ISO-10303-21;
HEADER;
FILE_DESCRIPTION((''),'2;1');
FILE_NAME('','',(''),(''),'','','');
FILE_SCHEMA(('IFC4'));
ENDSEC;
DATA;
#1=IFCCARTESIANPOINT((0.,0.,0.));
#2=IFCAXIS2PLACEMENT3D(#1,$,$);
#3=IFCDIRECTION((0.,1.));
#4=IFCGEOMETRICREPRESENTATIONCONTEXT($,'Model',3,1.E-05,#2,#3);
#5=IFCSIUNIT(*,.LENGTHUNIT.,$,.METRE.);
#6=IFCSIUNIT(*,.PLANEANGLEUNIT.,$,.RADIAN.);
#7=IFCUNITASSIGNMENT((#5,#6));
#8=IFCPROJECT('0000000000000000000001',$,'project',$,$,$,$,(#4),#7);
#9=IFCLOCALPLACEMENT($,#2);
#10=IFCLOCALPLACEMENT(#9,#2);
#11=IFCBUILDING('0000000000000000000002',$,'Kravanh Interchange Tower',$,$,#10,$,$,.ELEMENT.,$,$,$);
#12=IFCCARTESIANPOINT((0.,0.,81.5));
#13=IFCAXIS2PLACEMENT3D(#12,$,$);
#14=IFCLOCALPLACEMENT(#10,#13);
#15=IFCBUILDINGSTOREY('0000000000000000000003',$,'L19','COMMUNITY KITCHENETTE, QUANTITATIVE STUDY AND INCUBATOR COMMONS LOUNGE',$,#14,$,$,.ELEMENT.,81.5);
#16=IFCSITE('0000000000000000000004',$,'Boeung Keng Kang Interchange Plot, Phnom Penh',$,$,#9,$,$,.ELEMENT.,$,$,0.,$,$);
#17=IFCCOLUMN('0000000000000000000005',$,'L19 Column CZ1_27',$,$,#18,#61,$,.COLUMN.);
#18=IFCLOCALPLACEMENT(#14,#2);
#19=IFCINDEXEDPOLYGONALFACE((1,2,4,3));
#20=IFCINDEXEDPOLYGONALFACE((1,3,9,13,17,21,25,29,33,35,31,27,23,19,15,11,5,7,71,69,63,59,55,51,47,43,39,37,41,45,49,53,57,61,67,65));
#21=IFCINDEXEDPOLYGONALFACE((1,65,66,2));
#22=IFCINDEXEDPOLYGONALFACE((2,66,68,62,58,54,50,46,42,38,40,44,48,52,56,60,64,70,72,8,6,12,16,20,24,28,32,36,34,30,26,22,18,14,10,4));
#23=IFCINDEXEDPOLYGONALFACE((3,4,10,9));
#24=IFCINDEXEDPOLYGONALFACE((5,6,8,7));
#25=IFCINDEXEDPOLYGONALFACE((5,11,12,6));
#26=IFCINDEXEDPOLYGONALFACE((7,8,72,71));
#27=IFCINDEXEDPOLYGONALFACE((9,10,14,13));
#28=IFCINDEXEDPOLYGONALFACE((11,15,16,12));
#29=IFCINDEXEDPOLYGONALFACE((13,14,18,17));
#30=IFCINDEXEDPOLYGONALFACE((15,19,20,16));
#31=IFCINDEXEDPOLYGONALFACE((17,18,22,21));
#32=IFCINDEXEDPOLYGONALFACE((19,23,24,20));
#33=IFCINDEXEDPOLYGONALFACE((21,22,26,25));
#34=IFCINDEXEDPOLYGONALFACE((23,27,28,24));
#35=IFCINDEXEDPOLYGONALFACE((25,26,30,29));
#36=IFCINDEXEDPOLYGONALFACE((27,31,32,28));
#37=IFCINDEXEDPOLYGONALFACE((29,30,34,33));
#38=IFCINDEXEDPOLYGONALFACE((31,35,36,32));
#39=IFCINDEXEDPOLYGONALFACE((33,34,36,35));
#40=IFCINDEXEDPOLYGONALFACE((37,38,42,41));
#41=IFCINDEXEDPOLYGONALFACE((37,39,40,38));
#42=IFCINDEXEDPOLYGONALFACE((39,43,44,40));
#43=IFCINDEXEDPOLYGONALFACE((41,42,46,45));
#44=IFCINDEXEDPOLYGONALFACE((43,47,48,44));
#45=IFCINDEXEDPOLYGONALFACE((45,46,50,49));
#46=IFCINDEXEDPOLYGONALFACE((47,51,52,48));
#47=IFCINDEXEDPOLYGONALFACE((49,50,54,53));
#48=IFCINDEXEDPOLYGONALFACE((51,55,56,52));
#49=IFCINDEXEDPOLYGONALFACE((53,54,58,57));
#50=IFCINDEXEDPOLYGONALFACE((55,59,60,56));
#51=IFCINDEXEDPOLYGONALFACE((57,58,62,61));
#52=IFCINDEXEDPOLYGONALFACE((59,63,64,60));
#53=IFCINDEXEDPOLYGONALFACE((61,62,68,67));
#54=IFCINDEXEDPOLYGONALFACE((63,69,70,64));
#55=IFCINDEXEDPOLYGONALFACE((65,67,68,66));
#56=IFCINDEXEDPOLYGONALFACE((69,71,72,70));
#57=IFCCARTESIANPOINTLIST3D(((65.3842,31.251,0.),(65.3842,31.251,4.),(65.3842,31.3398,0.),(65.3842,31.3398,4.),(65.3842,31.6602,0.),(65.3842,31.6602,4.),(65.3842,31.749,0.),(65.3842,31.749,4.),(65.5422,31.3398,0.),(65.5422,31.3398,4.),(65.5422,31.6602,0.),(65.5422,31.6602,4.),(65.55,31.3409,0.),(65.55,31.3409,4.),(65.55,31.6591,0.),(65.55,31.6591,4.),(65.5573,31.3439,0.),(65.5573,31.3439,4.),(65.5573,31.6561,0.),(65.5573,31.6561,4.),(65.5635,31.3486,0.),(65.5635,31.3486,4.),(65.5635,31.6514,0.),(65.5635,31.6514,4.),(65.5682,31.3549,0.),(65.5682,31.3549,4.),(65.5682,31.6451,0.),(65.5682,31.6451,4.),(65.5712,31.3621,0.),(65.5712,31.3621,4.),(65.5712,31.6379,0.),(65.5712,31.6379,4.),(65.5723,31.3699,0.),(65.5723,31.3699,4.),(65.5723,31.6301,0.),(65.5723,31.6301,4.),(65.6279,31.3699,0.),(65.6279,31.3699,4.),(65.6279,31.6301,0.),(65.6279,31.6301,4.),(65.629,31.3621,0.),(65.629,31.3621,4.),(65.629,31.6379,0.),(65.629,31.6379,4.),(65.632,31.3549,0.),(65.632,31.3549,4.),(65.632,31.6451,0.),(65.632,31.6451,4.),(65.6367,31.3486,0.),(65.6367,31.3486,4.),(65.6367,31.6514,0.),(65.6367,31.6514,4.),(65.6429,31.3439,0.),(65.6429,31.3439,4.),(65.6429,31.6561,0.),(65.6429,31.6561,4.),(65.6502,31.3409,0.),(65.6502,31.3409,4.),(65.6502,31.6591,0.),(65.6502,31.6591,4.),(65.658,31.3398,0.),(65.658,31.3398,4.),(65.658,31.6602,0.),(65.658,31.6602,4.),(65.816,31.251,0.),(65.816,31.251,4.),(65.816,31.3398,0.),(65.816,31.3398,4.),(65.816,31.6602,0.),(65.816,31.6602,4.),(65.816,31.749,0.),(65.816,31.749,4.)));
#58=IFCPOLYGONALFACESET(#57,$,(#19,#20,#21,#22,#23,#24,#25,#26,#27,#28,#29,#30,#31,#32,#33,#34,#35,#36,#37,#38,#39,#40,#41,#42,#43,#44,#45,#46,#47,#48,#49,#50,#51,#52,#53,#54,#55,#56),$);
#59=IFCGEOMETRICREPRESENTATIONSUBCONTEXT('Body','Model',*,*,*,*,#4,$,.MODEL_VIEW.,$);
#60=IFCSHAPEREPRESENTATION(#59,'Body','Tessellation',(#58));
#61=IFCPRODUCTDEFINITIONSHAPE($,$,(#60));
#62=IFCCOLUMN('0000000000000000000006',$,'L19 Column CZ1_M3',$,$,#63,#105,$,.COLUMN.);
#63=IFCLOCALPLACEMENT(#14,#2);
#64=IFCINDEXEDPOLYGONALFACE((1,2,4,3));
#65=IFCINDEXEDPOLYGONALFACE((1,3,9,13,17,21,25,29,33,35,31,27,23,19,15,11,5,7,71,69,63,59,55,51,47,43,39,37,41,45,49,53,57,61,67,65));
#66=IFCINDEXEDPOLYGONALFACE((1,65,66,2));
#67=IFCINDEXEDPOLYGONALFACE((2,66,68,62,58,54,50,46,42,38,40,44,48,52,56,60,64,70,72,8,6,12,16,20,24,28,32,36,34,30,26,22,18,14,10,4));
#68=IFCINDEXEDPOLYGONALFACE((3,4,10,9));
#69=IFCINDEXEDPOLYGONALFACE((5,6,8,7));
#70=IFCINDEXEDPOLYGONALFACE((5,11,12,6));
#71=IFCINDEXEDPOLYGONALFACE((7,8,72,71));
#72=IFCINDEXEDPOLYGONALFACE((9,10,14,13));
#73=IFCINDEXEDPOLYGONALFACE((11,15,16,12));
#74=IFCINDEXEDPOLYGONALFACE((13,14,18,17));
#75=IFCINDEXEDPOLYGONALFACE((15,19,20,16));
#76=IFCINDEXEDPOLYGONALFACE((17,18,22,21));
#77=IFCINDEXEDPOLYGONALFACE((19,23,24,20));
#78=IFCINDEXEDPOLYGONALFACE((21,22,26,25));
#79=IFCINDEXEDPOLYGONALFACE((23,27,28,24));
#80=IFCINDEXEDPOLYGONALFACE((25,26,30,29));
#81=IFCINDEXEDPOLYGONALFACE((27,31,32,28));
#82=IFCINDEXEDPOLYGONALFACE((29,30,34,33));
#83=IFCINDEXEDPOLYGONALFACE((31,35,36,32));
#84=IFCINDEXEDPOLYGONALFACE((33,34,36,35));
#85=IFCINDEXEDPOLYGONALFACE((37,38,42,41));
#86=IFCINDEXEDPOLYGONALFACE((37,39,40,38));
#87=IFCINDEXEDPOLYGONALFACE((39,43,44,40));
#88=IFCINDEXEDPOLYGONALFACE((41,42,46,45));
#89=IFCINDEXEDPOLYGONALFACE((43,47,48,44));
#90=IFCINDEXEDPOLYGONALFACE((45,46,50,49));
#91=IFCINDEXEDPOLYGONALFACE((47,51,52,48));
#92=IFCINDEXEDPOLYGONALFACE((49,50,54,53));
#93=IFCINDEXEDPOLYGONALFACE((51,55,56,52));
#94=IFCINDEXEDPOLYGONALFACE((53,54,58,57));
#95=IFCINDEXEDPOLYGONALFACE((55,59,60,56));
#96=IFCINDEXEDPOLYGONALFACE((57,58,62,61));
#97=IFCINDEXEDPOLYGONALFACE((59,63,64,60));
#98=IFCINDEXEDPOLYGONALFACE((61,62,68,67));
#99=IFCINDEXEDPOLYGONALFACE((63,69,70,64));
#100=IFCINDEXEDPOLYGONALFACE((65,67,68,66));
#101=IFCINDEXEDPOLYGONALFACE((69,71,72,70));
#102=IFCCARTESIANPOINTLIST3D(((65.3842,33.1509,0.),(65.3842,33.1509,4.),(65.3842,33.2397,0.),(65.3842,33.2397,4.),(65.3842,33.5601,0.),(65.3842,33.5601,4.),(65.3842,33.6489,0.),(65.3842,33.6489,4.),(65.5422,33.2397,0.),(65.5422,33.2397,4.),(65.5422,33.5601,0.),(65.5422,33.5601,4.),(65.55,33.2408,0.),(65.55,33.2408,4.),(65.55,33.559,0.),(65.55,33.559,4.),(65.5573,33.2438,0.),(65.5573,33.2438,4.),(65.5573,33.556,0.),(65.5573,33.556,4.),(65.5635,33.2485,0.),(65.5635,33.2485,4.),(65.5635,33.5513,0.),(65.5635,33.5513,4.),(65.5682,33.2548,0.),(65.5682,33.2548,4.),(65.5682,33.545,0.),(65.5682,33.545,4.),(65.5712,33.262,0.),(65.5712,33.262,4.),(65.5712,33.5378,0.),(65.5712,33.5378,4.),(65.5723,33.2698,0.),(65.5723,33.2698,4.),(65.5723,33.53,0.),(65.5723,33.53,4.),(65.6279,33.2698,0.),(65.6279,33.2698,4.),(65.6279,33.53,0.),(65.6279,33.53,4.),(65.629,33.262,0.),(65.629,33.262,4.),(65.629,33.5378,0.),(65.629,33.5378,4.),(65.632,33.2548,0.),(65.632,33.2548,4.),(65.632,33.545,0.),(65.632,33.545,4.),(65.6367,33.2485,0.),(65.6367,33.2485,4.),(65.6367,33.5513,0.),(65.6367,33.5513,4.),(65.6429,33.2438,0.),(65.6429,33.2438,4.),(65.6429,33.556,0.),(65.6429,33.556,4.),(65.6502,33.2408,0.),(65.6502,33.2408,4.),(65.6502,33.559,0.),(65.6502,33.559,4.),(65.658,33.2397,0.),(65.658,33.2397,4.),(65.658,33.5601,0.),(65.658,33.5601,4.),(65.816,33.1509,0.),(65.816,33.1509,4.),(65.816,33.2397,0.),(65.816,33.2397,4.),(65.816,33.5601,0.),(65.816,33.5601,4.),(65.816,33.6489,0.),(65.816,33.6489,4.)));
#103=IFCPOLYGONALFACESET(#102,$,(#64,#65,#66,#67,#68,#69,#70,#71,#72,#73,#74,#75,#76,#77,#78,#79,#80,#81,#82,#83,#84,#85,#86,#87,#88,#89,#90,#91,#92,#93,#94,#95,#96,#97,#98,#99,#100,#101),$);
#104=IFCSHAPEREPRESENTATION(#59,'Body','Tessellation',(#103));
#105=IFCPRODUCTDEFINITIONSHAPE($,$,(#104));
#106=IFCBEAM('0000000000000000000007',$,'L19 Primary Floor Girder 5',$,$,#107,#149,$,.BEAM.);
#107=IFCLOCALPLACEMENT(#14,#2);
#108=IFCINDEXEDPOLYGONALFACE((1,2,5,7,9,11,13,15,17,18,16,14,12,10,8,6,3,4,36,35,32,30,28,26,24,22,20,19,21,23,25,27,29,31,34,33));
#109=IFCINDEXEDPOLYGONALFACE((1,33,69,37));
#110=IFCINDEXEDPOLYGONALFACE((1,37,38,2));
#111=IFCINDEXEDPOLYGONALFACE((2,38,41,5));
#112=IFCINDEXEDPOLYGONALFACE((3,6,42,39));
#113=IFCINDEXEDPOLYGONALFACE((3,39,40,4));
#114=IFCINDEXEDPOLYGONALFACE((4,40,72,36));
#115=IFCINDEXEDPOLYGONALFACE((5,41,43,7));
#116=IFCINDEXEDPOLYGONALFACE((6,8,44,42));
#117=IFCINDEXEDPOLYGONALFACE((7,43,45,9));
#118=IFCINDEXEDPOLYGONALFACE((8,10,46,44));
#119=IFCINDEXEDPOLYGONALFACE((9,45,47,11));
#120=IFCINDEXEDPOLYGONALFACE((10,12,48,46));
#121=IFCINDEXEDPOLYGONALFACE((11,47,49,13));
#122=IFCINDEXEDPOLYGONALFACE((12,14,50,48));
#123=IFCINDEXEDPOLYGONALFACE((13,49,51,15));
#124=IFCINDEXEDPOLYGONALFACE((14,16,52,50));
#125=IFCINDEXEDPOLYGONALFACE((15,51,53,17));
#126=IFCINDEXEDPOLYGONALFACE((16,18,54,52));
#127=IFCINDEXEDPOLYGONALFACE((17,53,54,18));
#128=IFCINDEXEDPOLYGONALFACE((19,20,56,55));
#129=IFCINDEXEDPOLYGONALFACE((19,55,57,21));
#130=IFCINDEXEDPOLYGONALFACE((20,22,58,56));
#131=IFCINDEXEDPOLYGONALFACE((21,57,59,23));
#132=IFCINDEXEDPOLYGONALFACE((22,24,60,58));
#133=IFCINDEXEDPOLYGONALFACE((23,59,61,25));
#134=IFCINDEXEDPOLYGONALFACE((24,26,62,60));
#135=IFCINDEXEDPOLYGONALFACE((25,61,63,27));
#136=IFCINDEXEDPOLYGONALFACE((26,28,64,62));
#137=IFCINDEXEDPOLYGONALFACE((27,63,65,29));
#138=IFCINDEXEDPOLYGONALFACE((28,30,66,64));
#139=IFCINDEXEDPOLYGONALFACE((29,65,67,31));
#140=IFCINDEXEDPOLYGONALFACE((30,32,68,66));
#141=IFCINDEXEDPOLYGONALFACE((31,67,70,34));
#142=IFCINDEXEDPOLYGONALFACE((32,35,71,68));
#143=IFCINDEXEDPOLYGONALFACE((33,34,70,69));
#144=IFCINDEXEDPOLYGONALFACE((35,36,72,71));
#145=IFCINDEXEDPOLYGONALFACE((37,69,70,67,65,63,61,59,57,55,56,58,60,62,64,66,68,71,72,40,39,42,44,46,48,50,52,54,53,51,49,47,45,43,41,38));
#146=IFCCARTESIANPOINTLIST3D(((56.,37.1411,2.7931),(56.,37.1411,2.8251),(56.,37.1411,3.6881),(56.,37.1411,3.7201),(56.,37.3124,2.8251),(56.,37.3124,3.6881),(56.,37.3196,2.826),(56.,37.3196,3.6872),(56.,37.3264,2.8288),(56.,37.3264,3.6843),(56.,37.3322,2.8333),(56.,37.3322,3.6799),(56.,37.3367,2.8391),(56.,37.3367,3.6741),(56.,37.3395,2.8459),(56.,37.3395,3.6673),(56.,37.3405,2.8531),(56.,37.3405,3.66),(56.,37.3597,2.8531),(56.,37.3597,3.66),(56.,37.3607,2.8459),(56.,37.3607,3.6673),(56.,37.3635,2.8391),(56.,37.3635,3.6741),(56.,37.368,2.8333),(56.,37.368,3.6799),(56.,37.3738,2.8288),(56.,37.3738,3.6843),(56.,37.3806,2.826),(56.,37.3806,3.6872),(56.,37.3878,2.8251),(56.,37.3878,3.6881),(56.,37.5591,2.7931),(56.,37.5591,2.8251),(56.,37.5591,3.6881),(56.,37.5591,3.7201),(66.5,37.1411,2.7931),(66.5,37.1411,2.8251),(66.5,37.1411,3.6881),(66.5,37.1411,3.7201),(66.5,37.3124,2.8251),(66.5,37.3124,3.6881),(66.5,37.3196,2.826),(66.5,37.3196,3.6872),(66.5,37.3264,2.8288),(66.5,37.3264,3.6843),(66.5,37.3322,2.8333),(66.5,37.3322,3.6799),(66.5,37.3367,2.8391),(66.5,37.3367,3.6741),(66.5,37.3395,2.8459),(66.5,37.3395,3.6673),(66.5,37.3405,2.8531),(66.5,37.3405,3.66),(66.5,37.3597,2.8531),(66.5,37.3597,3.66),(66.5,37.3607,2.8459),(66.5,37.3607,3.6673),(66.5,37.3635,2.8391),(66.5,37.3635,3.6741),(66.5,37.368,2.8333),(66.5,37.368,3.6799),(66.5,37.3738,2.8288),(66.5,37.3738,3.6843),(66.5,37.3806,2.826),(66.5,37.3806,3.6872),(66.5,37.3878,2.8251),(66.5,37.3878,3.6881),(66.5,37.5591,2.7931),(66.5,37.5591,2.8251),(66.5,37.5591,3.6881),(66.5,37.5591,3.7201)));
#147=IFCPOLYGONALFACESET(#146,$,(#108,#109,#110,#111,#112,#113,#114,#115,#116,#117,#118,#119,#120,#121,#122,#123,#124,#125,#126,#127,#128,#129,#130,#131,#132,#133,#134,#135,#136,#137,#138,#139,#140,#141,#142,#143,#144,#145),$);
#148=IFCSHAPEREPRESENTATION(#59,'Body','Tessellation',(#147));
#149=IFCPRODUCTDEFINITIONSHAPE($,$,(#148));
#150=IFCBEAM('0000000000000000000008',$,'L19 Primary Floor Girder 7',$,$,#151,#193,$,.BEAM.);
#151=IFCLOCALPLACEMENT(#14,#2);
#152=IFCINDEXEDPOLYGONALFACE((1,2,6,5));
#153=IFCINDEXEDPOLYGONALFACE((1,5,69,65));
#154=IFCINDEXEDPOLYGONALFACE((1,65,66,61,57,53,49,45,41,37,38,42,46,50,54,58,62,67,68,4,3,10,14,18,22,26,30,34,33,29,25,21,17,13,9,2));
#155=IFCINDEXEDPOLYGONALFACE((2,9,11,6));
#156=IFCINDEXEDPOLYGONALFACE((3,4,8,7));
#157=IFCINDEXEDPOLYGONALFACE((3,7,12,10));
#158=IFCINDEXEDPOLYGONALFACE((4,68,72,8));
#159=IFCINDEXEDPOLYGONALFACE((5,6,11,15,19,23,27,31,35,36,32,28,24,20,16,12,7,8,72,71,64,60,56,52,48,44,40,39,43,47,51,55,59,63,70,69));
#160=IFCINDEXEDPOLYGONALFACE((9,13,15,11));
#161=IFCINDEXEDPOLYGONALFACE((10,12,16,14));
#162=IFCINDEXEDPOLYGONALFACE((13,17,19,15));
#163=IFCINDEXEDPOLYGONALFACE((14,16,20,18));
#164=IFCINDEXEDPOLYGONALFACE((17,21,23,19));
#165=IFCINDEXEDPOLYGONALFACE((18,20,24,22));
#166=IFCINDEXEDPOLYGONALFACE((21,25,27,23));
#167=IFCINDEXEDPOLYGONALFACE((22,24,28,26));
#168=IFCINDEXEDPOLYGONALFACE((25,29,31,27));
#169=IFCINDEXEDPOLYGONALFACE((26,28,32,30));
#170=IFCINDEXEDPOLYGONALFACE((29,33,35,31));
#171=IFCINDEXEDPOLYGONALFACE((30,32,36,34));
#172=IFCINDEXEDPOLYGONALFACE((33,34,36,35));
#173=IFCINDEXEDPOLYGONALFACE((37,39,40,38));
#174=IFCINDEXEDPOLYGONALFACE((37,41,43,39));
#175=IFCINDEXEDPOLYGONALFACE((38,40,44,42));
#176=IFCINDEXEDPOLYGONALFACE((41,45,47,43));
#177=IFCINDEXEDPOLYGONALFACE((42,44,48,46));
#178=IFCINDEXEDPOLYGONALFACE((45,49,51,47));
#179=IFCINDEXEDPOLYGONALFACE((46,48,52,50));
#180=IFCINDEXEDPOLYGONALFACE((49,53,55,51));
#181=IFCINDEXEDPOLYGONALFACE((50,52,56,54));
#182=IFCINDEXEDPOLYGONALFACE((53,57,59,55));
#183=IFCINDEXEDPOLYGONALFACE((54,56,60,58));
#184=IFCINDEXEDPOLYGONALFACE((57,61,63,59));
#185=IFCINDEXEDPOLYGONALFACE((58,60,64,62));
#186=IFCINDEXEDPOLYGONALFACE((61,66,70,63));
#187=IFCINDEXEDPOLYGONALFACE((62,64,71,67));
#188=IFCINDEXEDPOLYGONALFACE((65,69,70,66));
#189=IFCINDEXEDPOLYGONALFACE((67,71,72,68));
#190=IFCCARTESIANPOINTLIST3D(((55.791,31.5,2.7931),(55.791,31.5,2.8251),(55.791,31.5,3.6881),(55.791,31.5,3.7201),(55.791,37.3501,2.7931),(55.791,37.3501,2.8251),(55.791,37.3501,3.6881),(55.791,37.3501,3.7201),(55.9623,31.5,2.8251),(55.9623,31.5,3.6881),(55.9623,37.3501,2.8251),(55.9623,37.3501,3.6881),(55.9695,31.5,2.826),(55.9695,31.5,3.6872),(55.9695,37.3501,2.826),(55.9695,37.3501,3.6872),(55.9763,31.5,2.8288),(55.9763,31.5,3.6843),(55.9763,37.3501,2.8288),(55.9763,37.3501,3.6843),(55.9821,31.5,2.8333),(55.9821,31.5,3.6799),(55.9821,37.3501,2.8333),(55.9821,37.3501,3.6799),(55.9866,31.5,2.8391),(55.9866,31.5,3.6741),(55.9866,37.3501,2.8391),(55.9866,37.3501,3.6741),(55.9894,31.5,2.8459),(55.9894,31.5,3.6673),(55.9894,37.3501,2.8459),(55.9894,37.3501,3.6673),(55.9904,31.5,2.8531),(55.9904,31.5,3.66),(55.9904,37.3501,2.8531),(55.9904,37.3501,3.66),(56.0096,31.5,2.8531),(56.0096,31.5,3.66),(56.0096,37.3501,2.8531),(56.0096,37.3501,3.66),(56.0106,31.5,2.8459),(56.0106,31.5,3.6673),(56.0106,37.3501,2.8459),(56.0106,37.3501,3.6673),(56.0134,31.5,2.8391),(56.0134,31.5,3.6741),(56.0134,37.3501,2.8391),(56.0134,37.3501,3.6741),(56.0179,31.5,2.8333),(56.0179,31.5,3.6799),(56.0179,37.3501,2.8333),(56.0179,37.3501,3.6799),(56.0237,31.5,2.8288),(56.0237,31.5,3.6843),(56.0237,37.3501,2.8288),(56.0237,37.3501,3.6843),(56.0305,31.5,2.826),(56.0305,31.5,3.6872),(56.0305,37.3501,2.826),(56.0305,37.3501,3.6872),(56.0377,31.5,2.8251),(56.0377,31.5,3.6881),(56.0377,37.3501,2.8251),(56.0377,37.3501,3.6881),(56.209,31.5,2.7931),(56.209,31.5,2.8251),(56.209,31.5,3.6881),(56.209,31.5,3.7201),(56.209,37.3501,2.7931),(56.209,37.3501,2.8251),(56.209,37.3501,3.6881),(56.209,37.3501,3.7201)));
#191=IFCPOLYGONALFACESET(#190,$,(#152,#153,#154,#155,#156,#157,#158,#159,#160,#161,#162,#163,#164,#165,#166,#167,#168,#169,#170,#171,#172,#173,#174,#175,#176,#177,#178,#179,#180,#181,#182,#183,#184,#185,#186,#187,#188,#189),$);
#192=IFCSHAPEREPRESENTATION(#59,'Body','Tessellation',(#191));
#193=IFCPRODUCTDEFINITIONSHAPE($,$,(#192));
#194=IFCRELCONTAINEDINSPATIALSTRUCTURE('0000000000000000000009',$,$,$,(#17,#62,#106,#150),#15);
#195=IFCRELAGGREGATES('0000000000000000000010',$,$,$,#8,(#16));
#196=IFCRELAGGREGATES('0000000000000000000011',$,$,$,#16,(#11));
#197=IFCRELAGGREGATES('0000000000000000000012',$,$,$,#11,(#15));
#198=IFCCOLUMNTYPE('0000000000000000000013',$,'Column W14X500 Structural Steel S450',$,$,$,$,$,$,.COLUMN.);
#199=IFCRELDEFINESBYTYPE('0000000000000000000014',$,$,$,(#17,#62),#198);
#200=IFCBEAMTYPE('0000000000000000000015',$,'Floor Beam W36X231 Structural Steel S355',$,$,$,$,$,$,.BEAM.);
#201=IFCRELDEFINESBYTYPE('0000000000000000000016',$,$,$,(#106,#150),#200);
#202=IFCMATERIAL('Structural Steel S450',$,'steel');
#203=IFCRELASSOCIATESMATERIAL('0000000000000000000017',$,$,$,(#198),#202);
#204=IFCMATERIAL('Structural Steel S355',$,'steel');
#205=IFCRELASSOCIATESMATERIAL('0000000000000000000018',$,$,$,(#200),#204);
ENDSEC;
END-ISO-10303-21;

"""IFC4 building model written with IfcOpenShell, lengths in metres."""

from ifc_helpers import new_model, si_unit, direction, frame, origin, origin_2d, place, context, subcontext, project, spatial, i_section, extrude, material, material_profile, profile_set, type_object, element, save


model = new_model("IFC4")

# Units and contexts
model_context = context("Model", 3, precision=1e-05, world=origin(), true_north=direction((0.0, 1.0)))
body_context = subcontext(model_context, "Body", "Model", "MODEL_VIEW")
ifc_project = project(units=[si_unit("LENGTHUNIT", "METRE"), si_unit("PLANEANGLEUNIT", "RADIAN")], contexts=[model_context])

# Site, building, storey
site_placement = place(None, origin())
site = spatial("IfcSite", under=ifc_project, at=site_placement, Name="Boeung Keng Kang Interchange Plot, Phnom Penh", CompositionType="ELEMENT", RefElevation=0.0)
building_placement = place(site_placement, origin())
building = spatial("IfcBuilding", under=site, at=building_placement, Name="Kravanh Interchange Tower", CompositionType="ELEMENT")
storey_placement = place(building_placement, frame((0.0, 0.0, 81.5)))
storey = spatial("IfcBuildingStorey", under=building, at=storey_placement, Name="L19", Description="COMMUNITY KITCHENETTE, QUANTITATIVE STUDY AND INCUBATOR COMMONS LOUNGE", CompositionType="ELEMENT", Elevation=81.5)

# Columns
ifc_material_1 = material(Name="Structural Steel S450", Category="steel")
ifc_material_profile_1 = material_profile(ifc_material_1, i_section(OverallWidth=0.4319, OverallDepth=0.498, WebThickness=0.0557, FlangeThickness=0.0889, FilletRadius=0.03, at=origin_2d()), Name="W14X500")
ifc_profile_set_1 = profile_set([ifc_material_profile_1], Name="Structural Steel S450")
column_type_1 = type_object("IfcColumnType", Name="Column W14X500 Structural Steel S450", PredefinedType="COLUMN", material=ifc_profile_set_1)
for number, where, z_axis, x_axis, name in (
    (1, (65.6001, 31.5, 0.0), (0.0, 0.0, 1.0), (1.0, 0.0, 0.0), "L19 Column CZ1_27"),
    (2, (65.6001, 33.3999, 0.0), (0.0, 0.0, 1.0), (1.0, 0.0, 0.0), "L19 Column CZ1_M3"),
):
    element("IfcColumn", number, at=place(storey_placement, frame(where, z_axis=z_axis, x_axis=x_axis)), inside=storey, type_object=column_type_1, Name=name, PredefinedType="COLUMN", context=body_context, shape_type="SweptSolid", body=[
        extrude(i_section(OverallWidth=0.4319, OverallDepth=0.498, WebThickness=0.0557, FlangeThickness=0.0889, FilletRadius=0.03, at=origin_2d()), origin(), (0.0, 0.0, 1.0), 4.0),
    ])

# Beams
ifc_material_2 = material(Name="Structural Steel S355", Category="steel")
ifc_material_profile_2 = material_profile(ifc_material_2, i_section(OverallWidth=0.418, OverallDepth=0.927, WebThickness=0.0193, FlangeThickness=0.032, FilletRadius=0.0281, at=origin_2d()), Name="W36X231")
ifc_profile_set_2 = profile_set([ifc_material_profile_2], Name="Structural Steel S355")
beam_type_1 = type_object("IfcBeamType", Name="Floor Beam W36X231 Structural Steel S355", PredefinedType="BEAM", material=ifc_profile_set_2)
beam_1_placement = place(storey_placement, frame((66.5, 37.3501, 3.2566), z_axis=(-1.0, 0.0, 0.0), x_axis=(0.0, -1.0, 0.0)))
element("IfcBeam", 3, at=beam_1_placement, inside=storey, type_object=beam_type_1, Name="L19 Primary Floor Girder 5", PredefinedType="BEAM", context=body_context, shape_type="SweptSolid", body=[
    extrude(i_section(OverallWidth=0.418, OverallDepth=0.927, WebThickness=0.0193, FlangeThickness=0.032, FilletRadius=0.0281, at=origin_2d()), origin(), (0.0, 0.0, 1.0), 10.5),
])
beam_2_placement = place(storey_placement, frame((56.0, 37.3501, 3.2566), z_axis=(0.0, -1.0, 0.0), x_axis=(1.0, 0.0, 0.0)))
element("IfcBeam", 4, at=beam_2_placement, inside=storey, type_object=beam_type_1, Name="L19 Primary Floor Girder 7", PredefinedType="BEAM", context=body_context, shape_type="SweptSolid", body=[
    extrude(i_section(OverallWidth=0.418, OverallDepth=0.927, WebThickness=0.0193, FlangeThickness=0.032, FilletRadius=0.0281, at=origin_2d()), origin(), (0.0, 0.0, 1.0), 5.8501),
])

save(model, "model.ifc")
